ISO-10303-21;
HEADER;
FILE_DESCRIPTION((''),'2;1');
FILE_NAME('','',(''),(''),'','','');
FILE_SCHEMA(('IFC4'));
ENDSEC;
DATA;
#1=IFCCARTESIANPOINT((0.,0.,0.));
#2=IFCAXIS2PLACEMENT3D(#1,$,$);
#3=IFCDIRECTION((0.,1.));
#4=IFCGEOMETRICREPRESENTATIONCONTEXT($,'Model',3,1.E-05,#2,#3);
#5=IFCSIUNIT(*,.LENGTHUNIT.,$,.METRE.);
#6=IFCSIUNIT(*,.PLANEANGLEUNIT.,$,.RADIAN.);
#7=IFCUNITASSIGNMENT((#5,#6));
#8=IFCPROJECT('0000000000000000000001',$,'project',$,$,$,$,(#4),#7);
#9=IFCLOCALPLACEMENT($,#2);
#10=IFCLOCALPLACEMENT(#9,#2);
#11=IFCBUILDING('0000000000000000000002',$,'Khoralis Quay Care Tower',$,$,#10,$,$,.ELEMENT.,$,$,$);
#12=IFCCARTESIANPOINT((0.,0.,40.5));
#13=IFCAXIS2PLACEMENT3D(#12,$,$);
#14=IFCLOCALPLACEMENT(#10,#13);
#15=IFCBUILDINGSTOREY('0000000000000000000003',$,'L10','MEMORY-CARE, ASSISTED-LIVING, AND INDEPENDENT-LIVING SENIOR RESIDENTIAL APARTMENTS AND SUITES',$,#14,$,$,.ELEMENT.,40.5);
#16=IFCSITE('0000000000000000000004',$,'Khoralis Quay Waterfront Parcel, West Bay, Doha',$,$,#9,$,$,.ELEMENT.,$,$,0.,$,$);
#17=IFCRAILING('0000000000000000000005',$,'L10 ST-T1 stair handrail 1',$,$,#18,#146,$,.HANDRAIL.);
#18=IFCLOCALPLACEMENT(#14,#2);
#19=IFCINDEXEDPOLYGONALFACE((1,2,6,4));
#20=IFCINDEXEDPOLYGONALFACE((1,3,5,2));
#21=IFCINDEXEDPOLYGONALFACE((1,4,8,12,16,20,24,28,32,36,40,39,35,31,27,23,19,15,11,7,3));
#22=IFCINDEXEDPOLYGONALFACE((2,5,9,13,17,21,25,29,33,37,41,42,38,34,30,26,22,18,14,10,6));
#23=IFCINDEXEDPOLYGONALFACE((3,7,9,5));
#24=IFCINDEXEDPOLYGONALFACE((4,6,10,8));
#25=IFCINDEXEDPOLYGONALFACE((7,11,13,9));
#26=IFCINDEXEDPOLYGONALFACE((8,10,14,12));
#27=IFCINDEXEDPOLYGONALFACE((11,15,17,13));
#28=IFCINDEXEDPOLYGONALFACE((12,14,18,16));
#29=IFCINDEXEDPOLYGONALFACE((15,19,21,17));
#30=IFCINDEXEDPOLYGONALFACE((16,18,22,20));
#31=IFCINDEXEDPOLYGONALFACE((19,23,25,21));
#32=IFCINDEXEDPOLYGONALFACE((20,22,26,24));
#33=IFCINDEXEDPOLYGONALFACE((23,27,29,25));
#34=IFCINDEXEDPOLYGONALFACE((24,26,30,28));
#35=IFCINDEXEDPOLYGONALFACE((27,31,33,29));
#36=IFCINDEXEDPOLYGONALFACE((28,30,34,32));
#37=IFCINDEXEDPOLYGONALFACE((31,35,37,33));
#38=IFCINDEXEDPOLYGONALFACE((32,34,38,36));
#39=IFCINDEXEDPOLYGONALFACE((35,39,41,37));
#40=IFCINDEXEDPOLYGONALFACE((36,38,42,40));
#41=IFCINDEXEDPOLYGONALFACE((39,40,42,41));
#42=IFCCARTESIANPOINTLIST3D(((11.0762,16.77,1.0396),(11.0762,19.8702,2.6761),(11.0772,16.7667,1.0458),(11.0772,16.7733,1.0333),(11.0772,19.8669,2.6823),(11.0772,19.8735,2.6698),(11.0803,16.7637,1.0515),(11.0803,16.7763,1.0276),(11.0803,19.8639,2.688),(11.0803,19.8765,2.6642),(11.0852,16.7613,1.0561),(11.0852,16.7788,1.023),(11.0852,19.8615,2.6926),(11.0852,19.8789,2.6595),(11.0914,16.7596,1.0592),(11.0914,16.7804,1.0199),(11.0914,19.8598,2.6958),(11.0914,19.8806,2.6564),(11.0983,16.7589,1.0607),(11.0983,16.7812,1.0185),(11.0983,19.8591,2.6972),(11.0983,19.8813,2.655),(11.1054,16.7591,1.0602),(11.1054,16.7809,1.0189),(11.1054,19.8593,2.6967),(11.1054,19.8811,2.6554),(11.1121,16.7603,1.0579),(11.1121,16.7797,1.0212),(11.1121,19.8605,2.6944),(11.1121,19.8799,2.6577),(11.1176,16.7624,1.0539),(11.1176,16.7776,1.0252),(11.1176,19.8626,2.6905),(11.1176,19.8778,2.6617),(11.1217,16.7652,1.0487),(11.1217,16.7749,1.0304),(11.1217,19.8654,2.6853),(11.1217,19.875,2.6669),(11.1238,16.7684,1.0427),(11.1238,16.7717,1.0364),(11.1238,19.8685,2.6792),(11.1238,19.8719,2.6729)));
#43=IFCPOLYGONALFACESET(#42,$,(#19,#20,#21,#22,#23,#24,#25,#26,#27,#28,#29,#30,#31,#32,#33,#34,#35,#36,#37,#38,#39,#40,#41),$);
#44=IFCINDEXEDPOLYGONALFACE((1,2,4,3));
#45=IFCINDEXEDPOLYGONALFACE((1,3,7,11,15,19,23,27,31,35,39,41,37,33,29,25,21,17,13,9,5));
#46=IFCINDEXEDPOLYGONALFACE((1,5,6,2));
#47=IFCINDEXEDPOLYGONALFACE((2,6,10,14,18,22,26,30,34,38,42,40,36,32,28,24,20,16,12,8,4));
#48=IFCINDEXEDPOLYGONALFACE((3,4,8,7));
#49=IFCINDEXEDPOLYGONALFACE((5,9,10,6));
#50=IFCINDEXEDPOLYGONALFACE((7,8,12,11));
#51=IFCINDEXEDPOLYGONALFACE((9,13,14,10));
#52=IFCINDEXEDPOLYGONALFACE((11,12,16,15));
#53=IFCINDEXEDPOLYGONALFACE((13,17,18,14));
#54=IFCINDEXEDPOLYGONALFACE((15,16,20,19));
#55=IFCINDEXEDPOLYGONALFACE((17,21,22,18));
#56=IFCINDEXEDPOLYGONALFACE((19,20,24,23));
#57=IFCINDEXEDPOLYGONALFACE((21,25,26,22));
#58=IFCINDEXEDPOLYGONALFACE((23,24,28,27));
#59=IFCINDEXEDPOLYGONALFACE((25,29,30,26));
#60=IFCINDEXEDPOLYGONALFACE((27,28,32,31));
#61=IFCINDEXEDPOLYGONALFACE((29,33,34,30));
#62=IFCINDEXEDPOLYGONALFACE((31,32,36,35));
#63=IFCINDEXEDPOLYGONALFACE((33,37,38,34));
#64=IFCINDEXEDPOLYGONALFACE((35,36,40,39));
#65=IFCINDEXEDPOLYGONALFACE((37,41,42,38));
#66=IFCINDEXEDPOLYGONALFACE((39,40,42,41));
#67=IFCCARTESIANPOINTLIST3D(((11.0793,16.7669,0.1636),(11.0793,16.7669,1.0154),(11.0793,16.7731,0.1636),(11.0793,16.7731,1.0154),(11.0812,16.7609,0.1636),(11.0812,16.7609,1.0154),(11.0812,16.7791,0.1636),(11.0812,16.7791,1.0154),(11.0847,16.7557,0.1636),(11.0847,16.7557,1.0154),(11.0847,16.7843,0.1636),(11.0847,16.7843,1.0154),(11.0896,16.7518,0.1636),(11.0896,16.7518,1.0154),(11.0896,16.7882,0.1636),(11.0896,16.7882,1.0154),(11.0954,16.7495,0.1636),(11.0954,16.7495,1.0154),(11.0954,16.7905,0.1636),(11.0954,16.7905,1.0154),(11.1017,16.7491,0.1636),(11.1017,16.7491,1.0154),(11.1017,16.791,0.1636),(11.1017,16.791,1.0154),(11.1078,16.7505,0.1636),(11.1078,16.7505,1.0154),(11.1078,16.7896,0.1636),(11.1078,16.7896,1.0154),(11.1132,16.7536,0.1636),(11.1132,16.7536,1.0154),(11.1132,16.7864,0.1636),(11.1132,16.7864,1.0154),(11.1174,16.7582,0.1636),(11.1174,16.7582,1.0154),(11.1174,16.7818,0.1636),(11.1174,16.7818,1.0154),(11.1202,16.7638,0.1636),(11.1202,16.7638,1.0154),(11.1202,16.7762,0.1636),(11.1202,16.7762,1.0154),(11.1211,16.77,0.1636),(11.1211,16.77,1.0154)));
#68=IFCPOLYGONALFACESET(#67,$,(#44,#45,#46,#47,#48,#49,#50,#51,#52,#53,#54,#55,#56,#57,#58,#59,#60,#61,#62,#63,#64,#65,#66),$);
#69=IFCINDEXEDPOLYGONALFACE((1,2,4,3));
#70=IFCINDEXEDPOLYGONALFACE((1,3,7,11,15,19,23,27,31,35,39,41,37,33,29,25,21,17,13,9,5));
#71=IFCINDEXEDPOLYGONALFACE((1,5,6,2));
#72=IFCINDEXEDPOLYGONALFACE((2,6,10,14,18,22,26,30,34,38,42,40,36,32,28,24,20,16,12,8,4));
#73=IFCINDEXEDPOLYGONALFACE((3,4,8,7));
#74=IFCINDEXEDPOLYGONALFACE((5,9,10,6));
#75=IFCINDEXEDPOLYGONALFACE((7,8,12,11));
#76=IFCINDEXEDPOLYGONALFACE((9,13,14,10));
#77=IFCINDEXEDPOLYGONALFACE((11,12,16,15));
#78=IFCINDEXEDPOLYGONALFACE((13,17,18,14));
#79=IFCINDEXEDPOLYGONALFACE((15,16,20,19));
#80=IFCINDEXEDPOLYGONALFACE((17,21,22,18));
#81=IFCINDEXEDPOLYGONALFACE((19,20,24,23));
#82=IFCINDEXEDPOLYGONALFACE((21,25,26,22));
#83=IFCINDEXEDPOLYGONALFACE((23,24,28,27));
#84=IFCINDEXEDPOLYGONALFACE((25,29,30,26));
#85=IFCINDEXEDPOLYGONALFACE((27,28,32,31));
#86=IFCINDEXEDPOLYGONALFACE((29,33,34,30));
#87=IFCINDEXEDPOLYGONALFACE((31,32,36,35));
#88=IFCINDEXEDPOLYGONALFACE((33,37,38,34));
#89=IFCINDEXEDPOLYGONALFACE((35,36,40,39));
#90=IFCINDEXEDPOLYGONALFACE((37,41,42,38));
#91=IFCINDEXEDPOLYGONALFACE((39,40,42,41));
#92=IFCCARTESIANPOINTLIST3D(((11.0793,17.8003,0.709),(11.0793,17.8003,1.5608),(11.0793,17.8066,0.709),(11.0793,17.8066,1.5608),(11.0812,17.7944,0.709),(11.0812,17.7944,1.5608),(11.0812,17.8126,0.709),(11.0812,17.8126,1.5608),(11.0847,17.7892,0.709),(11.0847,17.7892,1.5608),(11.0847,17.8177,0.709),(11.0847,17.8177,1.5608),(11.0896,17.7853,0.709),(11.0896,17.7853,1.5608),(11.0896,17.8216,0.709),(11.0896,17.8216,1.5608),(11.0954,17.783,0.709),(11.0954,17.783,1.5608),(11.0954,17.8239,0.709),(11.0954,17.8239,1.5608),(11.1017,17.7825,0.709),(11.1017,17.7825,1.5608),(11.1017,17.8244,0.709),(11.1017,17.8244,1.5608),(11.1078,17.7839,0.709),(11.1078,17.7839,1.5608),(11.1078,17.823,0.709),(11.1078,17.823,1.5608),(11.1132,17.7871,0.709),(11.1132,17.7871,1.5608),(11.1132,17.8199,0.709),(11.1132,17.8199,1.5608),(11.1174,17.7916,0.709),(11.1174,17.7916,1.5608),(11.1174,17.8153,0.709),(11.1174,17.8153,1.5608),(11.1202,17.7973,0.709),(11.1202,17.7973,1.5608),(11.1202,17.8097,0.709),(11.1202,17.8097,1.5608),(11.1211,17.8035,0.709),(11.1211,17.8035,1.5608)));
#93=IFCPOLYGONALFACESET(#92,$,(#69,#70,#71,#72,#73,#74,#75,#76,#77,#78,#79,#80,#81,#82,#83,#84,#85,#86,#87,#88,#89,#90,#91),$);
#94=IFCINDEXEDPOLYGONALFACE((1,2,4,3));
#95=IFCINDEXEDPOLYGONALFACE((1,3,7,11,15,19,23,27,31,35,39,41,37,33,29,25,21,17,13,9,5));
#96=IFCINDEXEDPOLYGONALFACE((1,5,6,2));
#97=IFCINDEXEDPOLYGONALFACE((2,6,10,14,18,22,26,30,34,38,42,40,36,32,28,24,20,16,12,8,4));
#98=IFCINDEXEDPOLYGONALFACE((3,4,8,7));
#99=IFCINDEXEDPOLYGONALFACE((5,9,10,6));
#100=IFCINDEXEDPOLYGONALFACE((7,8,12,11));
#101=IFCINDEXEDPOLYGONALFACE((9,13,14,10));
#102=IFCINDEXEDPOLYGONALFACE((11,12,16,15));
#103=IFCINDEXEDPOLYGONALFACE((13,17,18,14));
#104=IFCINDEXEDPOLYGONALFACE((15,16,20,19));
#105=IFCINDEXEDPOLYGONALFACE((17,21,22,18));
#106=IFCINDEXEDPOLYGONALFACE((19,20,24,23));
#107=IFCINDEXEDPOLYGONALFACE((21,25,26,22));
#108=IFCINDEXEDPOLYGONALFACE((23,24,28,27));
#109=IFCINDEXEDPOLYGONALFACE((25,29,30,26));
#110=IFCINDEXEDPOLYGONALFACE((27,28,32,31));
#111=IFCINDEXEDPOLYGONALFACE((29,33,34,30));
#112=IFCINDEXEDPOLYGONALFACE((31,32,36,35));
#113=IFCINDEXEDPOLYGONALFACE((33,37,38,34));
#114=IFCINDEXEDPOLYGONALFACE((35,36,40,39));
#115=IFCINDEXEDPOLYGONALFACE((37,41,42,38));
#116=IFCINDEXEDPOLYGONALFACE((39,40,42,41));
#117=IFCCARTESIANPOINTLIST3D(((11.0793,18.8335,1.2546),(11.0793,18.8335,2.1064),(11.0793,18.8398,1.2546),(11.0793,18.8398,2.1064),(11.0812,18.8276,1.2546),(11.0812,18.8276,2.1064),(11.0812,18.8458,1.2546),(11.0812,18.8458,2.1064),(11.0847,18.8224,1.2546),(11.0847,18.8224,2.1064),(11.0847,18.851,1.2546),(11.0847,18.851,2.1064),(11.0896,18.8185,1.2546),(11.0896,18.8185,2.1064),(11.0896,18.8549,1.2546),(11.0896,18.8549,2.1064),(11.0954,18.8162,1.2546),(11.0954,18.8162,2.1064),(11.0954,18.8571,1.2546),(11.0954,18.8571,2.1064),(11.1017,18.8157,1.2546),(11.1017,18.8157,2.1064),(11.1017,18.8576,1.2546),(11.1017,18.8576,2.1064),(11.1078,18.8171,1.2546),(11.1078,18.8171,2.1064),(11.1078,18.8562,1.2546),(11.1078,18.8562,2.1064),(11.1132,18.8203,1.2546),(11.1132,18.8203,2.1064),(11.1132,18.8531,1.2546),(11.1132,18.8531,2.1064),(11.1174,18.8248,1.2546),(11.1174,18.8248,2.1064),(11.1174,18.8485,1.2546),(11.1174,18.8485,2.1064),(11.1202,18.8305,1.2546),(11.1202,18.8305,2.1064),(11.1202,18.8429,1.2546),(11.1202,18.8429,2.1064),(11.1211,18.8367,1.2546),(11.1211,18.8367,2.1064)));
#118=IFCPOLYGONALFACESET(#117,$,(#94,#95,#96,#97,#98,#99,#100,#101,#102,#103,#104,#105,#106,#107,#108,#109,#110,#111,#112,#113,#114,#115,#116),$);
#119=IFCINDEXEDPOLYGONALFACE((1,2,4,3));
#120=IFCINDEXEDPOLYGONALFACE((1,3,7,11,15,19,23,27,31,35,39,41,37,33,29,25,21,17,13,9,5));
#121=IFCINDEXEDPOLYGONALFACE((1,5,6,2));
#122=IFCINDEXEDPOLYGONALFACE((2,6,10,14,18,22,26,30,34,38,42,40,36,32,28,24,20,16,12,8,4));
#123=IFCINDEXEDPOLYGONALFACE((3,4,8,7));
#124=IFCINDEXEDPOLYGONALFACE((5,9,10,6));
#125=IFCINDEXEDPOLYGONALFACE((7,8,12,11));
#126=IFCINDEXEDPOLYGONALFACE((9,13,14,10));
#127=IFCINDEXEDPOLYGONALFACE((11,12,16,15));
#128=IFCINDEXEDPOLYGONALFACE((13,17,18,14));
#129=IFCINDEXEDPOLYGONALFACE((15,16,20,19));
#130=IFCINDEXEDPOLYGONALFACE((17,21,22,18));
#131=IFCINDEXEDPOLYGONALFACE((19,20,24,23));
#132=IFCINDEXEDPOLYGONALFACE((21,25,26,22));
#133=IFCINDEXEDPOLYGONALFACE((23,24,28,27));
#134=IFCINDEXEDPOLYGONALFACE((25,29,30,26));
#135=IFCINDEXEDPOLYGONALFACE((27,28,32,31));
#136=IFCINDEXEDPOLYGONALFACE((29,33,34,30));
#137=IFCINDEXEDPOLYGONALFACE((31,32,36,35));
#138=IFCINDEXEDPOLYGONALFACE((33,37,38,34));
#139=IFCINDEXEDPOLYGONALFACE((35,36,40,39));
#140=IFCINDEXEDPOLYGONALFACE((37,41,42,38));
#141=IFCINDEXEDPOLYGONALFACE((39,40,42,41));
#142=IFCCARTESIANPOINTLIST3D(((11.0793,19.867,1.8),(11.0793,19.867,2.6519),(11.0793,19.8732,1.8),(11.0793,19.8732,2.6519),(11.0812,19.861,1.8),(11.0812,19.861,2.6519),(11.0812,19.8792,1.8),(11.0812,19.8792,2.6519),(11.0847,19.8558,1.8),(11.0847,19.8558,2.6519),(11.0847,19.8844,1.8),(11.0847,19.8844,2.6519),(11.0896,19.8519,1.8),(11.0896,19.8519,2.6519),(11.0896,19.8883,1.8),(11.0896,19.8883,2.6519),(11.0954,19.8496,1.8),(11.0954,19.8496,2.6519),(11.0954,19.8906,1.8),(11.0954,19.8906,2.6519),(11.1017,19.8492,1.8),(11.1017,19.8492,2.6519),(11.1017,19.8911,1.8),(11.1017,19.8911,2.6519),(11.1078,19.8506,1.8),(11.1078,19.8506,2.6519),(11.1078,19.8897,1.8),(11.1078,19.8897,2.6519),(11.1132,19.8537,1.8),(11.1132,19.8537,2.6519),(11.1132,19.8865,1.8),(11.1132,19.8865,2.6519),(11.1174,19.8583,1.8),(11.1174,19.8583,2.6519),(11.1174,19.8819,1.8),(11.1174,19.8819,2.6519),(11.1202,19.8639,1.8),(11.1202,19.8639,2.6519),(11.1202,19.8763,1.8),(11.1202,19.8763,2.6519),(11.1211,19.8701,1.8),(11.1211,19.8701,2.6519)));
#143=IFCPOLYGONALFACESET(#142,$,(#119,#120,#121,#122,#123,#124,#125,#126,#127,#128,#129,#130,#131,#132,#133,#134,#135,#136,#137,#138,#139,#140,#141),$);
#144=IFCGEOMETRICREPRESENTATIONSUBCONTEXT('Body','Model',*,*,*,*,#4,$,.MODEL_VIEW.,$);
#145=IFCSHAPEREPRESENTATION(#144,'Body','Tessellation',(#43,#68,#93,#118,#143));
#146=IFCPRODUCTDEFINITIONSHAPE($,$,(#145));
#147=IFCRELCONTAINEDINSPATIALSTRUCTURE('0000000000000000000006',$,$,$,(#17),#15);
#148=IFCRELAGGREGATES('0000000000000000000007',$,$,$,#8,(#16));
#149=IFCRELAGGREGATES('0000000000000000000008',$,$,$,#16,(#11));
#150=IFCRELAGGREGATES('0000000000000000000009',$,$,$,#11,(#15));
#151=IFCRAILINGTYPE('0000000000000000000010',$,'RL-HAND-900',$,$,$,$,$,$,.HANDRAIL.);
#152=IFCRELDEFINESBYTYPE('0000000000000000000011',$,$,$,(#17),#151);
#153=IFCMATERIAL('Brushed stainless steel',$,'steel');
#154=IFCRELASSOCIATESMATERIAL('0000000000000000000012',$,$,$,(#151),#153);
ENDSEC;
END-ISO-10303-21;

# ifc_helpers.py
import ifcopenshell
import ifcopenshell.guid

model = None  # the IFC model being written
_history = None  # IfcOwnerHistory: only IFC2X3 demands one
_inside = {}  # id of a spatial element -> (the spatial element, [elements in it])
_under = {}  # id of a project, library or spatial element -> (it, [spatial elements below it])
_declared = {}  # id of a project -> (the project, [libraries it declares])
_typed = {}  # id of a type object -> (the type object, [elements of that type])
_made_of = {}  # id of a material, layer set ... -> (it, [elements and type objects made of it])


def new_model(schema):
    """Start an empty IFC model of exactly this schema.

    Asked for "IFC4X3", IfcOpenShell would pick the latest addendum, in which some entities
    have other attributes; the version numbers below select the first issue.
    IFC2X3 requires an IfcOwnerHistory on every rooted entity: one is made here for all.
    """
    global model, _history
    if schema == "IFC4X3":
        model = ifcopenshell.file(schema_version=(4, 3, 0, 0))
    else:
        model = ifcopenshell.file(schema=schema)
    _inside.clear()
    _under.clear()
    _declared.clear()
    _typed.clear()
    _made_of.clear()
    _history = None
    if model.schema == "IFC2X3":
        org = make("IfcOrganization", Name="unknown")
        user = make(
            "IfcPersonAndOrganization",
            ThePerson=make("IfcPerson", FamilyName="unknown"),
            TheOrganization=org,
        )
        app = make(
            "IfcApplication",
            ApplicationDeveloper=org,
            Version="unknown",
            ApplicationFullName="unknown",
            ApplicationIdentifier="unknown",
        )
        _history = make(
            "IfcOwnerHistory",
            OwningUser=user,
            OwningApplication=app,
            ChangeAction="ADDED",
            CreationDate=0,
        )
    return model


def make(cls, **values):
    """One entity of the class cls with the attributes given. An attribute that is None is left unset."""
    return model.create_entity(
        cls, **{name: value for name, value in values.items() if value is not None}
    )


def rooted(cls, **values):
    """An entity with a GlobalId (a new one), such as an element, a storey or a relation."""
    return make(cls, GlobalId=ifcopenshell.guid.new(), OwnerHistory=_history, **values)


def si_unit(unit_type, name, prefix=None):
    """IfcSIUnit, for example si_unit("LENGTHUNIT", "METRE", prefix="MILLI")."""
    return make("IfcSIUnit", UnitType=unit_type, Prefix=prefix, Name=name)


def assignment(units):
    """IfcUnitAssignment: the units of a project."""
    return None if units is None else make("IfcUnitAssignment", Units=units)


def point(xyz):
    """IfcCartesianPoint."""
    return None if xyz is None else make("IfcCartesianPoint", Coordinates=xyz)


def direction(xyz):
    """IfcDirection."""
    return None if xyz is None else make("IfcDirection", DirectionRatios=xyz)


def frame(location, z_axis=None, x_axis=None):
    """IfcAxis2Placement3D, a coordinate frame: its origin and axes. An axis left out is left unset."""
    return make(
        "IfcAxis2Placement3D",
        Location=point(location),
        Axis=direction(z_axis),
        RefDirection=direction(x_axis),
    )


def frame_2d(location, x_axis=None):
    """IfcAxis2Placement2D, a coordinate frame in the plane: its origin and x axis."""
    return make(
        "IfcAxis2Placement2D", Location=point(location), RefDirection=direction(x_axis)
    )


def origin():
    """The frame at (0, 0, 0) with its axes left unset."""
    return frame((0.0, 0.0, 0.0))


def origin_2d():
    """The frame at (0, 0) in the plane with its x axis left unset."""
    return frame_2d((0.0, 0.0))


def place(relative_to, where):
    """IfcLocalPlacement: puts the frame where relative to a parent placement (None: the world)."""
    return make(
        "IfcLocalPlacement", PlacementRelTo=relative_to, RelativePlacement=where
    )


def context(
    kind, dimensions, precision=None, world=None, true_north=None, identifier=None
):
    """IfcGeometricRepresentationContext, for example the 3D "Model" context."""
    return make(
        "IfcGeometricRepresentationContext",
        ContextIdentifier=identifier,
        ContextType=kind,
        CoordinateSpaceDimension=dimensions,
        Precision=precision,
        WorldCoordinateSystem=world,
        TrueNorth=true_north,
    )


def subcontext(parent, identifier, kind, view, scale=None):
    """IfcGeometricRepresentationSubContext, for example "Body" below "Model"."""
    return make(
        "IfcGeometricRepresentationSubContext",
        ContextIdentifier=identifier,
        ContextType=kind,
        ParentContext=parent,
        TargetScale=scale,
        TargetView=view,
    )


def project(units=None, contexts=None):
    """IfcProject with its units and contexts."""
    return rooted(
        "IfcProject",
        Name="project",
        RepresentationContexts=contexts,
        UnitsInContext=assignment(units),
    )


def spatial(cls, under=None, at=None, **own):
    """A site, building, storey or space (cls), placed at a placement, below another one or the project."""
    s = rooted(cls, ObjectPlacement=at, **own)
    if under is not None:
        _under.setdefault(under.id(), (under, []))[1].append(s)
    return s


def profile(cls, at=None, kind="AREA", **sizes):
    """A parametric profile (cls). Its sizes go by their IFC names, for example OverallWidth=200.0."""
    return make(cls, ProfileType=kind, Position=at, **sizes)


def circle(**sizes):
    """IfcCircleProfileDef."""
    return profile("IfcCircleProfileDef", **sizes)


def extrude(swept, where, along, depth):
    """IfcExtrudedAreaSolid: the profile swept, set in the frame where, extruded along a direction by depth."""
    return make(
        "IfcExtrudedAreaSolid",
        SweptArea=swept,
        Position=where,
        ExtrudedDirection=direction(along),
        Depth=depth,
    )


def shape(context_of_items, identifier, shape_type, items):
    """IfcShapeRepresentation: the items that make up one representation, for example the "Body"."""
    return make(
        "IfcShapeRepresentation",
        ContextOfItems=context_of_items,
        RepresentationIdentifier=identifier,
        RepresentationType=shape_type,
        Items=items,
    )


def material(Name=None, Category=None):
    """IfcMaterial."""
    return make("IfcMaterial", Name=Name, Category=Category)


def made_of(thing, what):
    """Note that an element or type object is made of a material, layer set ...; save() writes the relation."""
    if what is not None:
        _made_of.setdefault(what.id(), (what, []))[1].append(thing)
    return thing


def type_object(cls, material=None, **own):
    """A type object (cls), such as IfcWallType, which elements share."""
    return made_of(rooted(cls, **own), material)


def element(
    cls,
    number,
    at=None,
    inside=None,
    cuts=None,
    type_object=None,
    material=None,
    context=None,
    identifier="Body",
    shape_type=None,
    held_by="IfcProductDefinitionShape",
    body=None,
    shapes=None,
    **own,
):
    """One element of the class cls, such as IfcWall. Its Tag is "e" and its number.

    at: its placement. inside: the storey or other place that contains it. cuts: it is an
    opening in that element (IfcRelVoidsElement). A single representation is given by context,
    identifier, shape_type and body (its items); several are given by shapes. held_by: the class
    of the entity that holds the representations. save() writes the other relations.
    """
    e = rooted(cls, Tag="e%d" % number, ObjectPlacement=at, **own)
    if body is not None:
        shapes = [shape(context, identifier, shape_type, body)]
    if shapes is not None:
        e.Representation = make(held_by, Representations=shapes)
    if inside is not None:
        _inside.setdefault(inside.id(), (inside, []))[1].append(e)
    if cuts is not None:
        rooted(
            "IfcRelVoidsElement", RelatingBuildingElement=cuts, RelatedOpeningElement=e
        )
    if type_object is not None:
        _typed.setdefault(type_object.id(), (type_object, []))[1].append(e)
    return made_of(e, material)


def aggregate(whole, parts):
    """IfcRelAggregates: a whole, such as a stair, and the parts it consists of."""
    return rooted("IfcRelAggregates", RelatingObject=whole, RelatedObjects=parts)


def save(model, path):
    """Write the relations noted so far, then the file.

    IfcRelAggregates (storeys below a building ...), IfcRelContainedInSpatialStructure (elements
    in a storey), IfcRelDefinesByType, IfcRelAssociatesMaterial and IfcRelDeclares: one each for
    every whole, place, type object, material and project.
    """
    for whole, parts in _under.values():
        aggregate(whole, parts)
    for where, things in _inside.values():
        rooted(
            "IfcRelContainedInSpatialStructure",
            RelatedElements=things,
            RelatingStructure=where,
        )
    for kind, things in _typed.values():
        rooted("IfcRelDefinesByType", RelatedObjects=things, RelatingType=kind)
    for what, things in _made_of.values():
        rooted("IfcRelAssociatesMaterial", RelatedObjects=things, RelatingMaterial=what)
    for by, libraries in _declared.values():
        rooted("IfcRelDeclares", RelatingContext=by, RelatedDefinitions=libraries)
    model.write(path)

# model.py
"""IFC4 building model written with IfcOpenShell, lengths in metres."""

from ifc_helpers import new_model, si_unit, direction, frame, origin, origin_2d, place, context, subcontext, project, spatial, circle, extrude, material, type_object, element, save


model = new_model("IFC4")

# Units and contexts
model_context = context("Model", 3, precision=1e-05, world=origin(), true_north=direction((0.0, 1.0)))
body_context = subcontext(model_context, "Body", "Model", "MODEL_VIEW")
ifc_project = project(units=[si_unit("LENGTHUNIT", "METRE"), si_unit("PLANEANGLEUNIT", "RADIAN")], contexts=[model_context])

# Site, building, storey
site_placement = place(None, origin())
site = spatial("IfcSite", under=ifc_project, at=site_placement, Name="Khoralis Quay Waterfront Parcel, West Bay, Doha", CompositionType="ELEMENT", RefElevation=0.0)
building_placement = place(site_placement, origin())
building = spatial("IfcBuilding", under=site, at=building_placement, Name="Khoralis Quay Care Tower", CompositionType="ELEMENT")
storey_placement = place(building_placement, frame((0.0, 0.0, 40.5)))
storey = spatial("IfcBuildingStorey", under=building, at=storey_placement, Name="L10", Description="MEMORY-CARE, ASSISTED-LIVING, AND INDEPENDENT-LIVING SENIOR RESIDENTIAL APARTMENTS AND SUITES", CompositionType="ELEMENT", Elevation=40.5)

# Shared definitions
ifc_material_1 = material(Name="Brushed stainless steel", Category="steel")

# Railing
railing_type_1 = type_object("IfcRailingType", Name="RL-HAND-900", PredefinedType="HANDRAIL", material=ifc_material_1)
railing_1_placement = place(storey_placement, frame((11.1001, 16.77, 0.1636)))
element("IfcRailing", 1, at=railing_1_placement, inside=storey, type_object=railing_type_1, Name="L10 ST-T1 stair handrail 1", PredefinedType="HANDRAIL", context=body_context, shape_type="SweptSolid", body=[
    extrude(circle(Radius=0.0239, at=origin_2d()), frame((0.0, 0.0, 0.876), z_axis=(0.0, 0.884348, 0.466828), x_axis=(-1.0, 0.0, 0.0)), (0.0, 0.0, 1.0), 3.5056),
    extrude(circle(Radius=0.021, at=origin_2d()), origin(), (0.0, 0.0, 1.0), 0.8518),
    extrude(circle(Radius=0.021, at=origin_2d()), frame((0.0, 1.0334, 0.5454)), (0.0, 0.0, 1.0), 0.8518),
    extrude(circle(Radius=0.021, at=origin_2d()), frame((0.0, 2.0667, 1.0911)), (0.0, 0.0, 1.0), 0.8518),
    extrude(circle(Radius=0.021, at=origin_2d()), frame((0.0, 3.1001, 1.6365)), (0.0, 0.0, 1.0), 0.8518),
])

save(model, "model.ifc")
